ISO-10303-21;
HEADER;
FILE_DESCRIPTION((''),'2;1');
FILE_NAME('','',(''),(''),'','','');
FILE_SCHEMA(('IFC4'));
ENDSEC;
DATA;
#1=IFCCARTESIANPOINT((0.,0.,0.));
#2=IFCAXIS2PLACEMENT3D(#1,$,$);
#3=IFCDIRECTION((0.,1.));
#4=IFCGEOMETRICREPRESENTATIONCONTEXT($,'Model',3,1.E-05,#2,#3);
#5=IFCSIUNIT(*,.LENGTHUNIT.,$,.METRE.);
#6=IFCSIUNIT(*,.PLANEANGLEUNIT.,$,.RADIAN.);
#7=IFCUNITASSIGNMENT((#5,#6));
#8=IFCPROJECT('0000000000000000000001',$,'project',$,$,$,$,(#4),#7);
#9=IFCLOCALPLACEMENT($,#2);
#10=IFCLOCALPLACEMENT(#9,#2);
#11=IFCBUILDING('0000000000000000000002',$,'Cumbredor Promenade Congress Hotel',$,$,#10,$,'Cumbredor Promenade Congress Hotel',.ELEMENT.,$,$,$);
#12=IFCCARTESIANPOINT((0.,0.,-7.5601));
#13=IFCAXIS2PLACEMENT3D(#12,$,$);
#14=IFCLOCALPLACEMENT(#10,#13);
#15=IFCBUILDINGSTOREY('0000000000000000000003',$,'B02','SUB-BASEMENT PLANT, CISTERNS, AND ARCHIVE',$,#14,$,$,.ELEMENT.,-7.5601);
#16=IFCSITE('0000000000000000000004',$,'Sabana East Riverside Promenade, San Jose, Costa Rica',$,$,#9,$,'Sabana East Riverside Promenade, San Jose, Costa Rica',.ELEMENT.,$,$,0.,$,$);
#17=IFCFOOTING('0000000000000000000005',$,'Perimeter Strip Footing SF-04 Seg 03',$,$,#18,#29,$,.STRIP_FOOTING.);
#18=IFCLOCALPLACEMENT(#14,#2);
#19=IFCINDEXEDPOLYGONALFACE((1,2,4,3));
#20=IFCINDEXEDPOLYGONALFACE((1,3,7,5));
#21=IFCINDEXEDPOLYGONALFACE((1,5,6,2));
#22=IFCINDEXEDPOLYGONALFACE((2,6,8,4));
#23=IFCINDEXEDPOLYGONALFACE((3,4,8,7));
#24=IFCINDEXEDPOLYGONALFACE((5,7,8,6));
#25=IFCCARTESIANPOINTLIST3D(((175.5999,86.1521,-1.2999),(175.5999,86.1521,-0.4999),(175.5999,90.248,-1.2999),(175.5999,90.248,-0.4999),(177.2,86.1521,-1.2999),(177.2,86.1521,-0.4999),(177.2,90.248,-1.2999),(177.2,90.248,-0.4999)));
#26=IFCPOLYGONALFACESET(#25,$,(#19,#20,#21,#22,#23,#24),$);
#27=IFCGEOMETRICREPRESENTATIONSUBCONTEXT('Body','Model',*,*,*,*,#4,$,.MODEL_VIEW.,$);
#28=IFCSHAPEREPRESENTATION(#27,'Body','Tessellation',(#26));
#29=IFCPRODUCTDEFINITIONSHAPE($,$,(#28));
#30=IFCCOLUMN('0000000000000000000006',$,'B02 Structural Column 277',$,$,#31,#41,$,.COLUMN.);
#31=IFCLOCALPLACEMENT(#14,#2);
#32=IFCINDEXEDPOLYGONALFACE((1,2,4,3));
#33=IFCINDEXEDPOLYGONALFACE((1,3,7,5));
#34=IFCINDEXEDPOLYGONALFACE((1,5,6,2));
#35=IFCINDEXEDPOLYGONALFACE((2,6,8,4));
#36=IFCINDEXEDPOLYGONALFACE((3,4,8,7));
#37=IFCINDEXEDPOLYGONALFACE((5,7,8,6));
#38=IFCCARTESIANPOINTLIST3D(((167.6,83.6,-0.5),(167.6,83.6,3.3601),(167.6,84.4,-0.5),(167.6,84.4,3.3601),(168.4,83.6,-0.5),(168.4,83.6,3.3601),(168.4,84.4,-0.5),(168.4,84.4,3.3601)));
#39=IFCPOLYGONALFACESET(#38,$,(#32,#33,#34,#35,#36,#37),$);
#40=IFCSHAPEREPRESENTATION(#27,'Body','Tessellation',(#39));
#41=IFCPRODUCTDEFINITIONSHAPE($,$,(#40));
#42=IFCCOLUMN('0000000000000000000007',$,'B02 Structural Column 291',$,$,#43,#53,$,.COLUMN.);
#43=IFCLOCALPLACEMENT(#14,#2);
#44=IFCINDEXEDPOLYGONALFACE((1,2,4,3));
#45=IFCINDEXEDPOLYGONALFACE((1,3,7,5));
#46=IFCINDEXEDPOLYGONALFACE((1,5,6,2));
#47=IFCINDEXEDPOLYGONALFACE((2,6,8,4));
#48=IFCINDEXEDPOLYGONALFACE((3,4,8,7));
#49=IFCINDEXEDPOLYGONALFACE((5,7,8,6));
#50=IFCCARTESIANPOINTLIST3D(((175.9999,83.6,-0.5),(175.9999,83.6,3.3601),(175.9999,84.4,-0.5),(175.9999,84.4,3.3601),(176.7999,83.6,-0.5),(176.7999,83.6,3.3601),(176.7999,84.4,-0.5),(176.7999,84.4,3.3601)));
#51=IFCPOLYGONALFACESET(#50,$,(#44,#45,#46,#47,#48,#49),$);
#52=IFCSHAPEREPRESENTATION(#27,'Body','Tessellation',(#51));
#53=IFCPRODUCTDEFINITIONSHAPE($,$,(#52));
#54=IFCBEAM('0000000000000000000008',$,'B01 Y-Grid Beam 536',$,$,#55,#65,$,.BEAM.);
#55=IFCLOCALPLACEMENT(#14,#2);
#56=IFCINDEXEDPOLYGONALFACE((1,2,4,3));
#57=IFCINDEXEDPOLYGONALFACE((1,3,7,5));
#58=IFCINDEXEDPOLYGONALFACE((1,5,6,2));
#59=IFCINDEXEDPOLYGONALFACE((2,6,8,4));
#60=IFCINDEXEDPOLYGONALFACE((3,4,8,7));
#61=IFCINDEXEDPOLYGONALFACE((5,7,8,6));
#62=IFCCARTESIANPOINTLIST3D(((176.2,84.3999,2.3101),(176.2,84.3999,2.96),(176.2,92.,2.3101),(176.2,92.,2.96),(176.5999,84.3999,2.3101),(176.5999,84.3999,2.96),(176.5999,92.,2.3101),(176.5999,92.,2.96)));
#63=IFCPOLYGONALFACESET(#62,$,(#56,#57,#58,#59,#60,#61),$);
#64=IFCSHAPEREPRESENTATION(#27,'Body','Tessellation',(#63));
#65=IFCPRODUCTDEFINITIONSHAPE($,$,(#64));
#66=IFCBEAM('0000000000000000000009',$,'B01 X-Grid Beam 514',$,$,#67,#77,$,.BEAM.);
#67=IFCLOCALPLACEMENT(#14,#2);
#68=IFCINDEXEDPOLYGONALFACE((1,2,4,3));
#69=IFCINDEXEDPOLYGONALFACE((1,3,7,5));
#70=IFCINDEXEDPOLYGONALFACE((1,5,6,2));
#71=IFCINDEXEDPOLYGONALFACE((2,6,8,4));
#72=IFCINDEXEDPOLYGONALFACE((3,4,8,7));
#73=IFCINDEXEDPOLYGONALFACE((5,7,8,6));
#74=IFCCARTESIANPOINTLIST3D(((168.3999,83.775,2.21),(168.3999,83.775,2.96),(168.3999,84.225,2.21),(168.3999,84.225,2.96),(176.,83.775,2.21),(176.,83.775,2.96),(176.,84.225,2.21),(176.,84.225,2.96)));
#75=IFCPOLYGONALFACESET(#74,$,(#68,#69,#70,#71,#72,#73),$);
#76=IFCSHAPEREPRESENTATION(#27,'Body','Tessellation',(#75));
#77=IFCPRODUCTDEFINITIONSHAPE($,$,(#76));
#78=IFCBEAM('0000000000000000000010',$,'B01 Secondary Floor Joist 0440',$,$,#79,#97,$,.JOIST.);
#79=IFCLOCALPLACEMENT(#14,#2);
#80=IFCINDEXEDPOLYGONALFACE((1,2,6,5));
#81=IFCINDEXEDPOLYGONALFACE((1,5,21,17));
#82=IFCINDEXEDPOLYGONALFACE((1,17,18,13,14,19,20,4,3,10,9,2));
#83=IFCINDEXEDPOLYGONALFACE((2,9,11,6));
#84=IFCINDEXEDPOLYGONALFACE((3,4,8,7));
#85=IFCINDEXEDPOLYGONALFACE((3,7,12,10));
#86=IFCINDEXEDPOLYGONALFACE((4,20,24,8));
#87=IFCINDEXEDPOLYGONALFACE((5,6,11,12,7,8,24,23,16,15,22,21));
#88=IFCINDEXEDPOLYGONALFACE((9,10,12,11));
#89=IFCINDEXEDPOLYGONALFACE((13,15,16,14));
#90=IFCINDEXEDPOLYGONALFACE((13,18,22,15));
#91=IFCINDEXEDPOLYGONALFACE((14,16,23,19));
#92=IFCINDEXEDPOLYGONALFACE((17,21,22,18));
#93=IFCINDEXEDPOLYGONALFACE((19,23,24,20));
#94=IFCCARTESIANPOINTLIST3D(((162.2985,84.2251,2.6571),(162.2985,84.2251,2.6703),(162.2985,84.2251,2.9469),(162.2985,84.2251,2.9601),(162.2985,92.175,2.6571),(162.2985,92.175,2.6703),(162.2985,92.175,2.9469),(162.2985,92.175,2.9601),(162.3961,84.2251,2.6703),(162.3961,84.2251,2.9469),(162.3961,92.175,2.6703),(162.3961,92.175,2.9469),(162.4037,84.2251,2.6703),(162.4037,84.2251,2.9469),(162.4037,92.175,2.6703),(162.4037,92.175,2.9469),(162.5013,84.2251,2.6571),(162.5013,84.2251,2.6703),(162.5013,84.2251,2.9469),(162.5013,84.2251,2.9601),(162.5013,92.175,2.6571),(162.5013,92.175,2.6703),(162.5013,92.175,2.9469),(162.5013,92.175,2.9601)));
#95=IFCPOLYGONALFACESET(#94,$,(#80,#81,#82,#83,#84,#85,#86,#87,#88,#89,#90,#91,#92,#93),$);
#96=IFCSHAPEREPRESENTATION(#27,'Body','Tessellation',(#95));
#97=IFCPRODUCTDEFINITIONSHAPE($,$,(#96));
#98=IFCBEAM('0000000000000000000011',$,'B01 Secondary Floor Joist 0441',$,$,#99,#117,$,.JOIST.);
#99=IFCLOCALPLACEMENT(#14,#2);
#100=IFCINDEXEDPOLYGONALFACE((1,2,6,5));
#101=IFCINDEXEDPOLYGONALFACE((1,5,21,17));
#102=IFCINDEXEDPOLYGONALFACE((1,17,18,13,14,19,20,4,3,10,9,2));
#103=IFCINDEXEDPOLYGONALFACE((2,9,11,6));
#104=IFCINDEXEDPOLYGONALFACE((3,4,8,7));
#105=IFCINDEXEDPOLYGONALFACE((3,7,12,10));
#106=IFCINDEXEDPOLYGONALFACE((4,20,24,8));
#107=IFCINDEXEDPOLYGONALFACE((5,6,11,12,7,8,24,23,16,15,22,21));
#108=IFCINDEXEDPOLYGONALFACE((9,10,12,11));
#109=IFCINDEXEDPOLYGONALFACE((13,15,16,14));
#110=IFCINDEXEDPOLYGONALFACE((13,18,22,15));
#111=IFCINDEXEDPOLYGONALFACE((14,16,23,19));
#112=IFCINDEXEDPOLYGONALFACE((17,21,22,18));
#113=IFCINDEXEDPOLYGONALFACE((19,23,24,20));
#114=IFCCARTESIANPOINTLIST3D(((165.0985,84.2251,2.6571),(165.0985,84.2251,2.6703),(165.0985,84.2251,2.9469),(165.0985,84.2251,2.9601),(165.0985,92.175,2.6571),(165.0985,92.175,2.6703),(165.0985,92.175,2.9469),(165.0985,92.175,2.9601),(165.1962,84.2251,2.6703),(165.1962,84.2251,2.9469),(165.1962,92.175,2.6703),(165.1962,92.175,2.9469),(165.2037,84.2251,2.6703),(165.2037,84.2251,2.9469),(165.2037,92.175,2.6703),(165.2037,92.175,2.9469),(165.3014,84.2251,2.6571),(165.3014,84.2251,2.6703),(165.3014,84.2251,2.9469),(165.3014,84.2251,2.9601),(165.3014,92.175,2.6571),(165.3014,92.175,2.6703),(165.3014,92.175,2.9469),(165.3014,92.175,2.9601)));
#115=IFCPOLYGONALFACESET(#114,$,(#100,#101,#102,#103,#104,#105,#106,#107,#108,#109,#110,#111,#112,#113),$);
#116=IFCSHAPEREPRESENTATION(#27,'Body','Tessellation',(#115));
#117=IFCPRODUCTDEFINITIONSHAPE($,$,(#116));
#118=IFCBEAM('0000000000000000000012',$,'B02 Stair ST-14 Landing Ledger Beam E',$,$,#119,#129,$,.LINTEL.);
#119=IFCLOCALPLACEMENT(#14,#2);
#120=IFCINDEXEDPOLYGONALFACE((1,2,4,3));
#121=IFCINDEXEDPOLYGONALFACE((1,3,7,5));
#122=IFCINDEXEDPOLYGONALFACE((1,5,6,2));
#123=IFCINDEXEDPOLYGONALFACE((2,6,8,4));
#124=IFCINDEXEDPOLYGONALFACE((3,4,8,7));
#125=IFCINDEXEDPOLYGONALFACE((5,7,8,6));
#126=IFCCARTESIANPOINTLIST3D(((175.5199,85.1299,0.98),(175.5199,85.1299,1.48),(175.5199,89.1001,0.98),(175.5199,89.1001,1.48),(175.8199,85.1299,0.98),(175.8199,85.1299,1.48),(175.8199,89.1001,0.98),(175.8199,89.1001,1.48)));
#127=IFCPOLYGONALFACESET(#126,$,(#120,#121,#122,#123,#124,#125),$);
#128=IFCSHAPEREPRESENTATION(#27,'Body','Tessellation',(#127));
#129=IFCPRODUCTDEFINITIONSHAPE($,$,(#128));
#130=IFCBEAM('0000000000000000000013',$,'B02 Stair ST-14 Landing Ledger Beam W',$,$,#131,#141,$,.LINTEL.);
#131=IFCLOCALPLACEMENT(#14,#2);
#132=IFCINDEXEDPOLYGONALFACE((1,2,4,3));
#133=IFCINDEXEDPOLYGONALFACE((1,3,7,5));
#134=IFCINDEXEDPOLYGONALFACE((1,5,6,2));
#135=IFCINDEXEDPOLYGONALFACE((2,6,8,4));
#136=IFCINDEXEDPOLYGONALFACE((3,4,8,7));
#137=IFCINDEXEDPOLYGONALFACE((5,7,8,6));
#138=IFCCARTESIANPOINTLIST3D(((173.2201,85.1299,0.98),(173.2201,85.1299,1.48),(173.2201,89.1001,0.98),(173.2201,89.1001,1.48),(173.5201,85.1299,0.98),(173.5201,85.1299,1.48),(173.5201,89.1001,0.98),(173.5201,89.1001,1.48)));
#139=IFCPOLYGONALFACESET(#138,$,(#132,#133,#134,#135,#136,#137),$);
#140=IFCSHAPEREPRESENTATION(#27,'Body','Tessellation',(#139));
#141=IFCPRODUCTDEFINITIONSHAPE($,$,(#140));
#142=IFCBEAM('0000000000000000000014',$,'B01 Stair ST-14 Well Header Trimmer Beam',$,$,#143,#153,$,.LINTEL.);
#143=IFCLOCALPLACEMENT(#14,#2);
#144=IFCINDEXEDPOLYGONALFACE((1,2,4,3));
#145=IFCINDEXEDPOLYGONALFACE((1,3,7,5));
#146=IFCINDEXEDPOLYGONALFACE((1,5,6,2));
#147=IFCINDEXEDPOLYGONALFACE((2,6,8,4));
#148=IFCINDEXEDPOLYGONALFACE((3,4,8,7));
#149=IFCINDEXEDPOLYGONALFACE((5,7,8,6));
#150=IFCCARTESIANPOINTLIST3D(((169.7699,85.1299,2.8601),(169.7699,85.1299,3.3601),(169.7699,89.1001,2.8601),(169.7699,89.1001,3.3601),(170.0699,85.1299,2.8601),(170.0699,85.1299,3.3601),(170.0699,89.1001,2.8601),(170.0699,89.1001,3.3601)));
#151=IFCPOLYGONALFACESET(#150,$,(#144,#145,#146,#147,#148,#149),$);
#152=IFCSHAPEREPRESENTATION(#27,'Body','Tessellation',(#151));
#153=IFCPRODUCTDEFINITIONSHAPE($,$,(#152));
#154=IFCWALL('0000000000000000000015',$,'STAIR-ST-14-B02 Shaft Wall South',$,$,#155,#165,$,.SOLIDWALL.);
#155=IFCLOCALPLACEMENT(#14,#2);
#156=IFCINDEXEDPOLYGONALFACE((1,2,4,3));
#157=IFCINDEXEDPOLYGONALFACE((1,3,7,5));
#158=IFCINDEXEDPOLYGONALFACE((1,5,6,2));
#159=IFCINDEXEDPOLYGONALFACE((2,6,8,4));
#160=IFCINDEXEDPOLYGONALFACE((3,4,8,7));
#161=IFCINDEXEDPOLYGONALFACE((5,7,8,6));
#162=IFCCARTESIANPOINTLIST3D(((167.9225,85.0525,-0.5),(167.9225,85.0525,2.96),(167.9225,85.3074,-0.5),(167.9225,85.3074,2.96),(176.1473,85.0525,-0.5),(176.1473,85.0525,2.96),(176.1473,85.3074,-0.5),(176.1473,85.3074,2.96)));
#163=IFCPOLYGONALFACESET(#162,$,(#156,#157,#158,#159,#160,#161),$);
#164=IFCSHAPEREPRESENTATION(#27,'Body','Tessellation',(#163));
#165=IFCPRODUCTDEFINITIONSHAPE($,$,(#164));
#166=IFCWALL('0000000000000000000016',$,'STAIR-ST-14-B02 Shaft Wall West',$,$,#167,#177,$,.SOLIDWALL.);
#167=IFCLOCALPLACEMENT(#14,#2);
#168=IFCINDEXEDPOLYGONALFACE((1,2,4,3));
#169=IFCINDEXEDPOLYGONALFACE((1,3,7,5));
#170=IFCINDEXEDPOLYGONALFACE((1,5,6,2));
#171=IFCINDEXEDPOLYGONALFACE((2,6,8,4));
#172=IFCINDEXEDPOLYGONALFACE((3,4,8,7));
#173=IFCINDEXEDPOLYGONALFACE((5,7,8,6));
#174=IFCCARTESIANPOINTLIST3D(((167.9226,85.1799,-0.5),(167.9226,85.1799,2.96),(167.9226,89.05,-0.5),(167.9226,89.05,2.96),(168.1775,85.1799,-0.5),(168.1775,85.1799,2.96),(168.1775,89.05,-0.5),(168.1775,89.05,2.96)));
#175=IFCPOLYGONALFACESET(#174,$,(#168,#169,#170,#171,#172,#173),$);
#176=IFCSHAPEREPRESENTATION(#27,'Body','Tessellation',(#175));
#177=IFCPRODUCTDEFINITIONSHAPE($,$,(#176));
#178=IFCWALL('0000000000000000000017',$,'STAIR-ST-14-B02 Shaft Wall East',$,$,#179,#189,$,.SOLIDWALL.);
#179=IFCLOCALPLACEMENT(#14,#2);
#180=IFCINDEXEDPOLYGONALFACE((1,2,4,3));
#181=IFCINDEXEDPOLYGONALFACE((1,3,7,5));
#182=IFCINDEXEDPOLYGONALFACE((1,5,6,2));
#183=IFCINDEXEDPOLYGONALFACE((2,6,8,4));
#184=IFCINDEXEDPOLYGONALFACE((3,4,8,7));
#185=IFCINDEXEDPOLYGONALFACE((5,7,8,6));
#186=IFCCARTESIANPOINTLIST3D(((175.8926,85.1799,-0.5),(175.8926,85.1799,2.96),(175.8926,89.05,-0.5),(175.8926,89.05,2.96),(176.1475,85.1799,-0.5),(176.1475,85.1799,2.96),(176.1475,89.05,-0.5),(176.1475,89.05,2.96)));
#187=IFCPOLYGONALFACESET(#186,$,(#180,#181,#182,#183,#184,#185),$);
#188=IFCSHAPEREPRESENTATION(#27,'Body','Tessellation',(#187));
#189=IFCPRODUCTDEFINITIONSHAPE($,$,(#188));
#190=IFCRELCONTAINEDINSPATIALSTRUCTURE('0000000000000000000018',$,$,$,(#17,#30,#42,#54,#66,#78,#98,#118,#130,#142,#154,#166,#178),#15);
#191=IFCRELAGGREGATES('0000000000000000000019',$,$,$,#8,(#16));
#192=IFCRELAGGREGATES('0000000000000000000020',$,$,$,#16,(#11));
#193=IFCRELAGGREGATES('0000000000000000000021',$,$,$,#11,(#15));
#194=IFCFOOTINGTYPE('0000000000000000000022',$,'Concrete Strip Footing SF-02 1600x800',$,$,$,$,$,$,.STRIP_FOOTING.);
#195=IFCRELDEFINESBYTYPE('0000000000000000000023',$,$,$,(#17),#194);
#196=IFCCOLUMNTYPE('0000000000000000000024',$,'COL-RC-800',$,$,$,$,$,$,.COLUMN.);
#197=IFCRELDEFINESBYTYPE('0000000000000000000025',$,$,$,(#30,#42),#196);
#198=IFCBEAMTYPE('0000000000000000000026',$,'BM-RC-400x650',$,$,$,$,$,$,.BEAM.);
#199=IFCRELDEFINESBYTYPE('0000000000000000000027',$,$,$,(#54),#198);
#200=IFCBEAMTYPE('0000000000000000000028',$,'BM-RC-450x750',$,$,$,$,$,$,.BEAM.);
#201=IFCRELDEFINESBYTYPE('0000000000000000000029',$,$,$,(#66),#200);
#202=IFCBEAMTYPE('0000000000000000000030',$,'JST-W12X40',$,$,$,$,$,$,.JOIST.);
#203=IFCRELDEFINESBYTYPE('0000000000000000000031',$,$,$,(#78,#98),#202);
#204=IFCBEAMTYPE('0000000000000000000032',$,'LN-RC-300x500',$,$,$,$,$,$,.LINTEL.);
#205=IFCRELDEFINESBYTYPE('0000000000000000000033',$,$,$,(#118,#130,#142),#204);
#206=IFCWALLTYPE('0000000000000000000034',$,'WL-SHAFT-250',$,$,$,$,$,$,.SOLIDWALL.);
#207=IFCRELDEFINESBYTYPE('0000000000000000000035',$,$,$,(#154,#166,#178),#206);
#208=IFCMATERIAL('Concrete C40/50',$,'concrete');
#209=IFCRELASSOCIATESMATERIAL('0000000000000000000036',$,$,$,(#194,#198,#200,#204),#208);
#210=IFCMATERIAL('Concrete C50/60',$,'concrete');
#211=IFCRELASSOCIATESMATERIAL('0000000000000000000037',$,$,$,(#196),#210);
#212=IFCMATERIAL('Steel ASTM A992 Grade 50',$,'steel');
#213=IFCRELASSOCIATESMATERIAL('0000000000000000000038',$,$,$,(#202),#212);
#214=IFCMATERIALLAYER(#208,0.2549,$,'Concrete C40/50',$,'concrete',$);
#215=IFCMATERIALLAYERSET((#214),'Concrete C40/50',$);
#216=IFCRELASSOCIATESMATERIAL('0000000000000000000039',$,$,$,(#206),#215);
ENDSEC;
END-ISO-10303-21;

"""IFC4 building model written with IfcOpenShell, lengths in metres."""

from ifc_helpers import new_model, si_unit, direction, frame, frame_2d, origin, origin_2d, place, context, subcontext, project, spatial, rectangle, i_section, extrude, material, layer, layer_set, material_profile, profile_set, type_object, element, save


model = new_model("IFC4")

# Units and contexts
model_context = context("Model", 3, precision=1e-05, world=origin(), true_north=direction((0.0, 1.0)))
body_context = subcontext(model_context, "Body", "Model", "MODEL_VIEW")
ifc_project = project(units=[si_unit("LENGTHUNIT", "METRE"), si_unit("PLANEANGLEUNIT", "RADIAN")], contexts=[model_context])

# Site, building, storey
site_placement = place(None, origin())
site = spatial("IfcSite", under=ifc_project, at=site_placement, Name="Sabana East Riverside Promenade, San Jose, Costa Rica", LongName="Sabana East Riverside Promenade, San Jose, Costa Rica", CompositionType="ELEMENT", RefElevation=0.0)
building_placement = place(site_placement, origin())
building = spatial("IfcBuilding", under=site, at=building_placement, Name="Cumbredor Promenade Congress Hotel", LongName="Cumbredor Promenade Congress Hotel", CompositionType="ELEMENT")
storey_placement = place(building_placement, frame((0.0, 0.0, -7.5601)))
storey = spatial("IfcBuildingStorey", under=building, at=storey_placement, Name="B02", Description="SUB-BASEMENT PLANT, CISTERNS, AND ARCHIVE", CompositionType="ELEMENT", Elevation=-7.5601)

# Shared definitions
ifc_material_1 = material(Name="Concrete C40/50", Category="concrete")

# Footing
ifc_material_profile_1 = material_profile(ifc_material_1, rectangle(XDim=1.6001, YDim=0.8, at=origin_2d()), Name="SF 1600x800")
ifc_profile_set_1 = profile_set([ifc_material_profile_1], Name="Concrete C40/50")
footing_type_1 = type_object("IfcFootingType", Name="Concrete Strip Footing SF-02 1600x800", PredefinedType="STRIP_FOOTING", material=ifc_profile_set_1)
footing_1_placement = place(storey_placement, frame((176.3999, 86.1521, -0.8999), z_axis=(0.0, 1.0, 0.0), x_axis=(-1.0, 0.0, 0.0)))
element("IfcFooting", 1, at=footing_1_placement, inside=storey, type_object=footing_type_1, Name="Perimeter Strip Footing SF-04 Seg 03", PredefinedType="STRIP_FOOTING", context=body_context, shape_type="SweptSolid", body=[
    extrude(rectangle(XDim=1.6001, YDim=0.8, at=origin_2d()), origin(), (0.0, 0.0, 1.0), 4.0959),
])

# Columns
ifc_material_2 = material(Name="Concrete C50/60", Category="concrete")
ifc_material_profile_2 = material_profile(ifc_material_2, rectangle(XDim=0.8, YDim=0.8, at=origin_2d()), Name="RC 800x800")
ifc_profile_set_2 = profile_set([ifc_material_profile_2], Name="Concrete C50/60")
column_type = type_object("IfcColumnType", Name="COL-RC-800", PredefinedType="COLUMN", material=ifc_profile_set_2)
for number, where, z_axis, x_axis, name in (
    (2, (168.0, 84.0, -0.5), (0.0, 0.0, 1.0), (1.0, 0.0, 0.0), "B02 Structural Column 277"),
    (3, (176.3999, 84.0, -0.5), (0.0, 0.0, 1.0), (1.0, 0.0, 0.0), "B02 Structural Column 291"),
):
    element("IfcColumn", number, at=place(storey_placement, frame(where, z_axis=z_axis, x_axis=x_axis)), inside=storey, type_object=column_type, Name=name, PredefinedType="COLUMN", context=body_context, shape_type="SweptSolid", body=[
        extrude(rectangle(XDim=0.8, YDim=0.8, at=origin_2d()), origin(), (0.0, 0.0, 1.0), 3.8601),
    ])

# Beams
ifc_material_profile_3 = material_profile(ifc_material_1, rectangle(XDim=0.3999, YDim=0.6499, at=origin_2d()), Name="RC BEAM 400x650")
ifc_profile_set_3 = profile_set([ifc_material_profile_3], Name="Concrete C40/50")
beam_type_1 = type_object("IfcBeamType", Name="BM-RC-400x650", PredefinedType="BEAM", material=ifc_profile_set_3)
beam_1_placement = place(storey_placement, frame((176.3999, 84.3999, 2.635), z_axis=(0.0, 1.0, 0.0), x_axis=(-1.0, 0.0, 0.0)))
element("IfcBeam", 4, at=beam_1_placement, inside=storey, type_object=beam_type_1, Name="B01 Y-Grid Beam 536", PredefinedType="BEAM", context=body_context, shape_type="SweptSolid", body=[
    extrude(rectangle(XDim=0.3999, YDim=0.6499, at=origin_2d()), origin(), (0.0, 0.0, 1.0), 7.6001),
])
ifc_material_profile_4 = material_profile(ifc_material_1, rectangle(XDim=0.45, YDim=0.75, at=origin_2d()), Name="RC BEAM 450x750")
ifc_profile_set_4 = profile_set([ifc_material_profile_4], Name="Concrete C40/50")
beam_type_2 = type_object("IfcBeamType", Name="BM-RC-450x750", PredefinedType="BEAM", material=ifc_profile_set_4)
beam_2_placement = place(storey_placement, frame((168.3999, 84.0, 2.585), z_axis=(1.0, 0.0, 0.0), x_axis=(0.0, 1.0, 0.0)))
element("IfcBeam", 5, at=beam_2_placement, inside=storey, type_object=beam_type_2, Name="B01 X-Grid Beam 514", PredefinedType="BEAM", context=body_context, shape_type="SweptSolid", body=[
    extrude(rectangle(XDim=0.45, YDim=0.75, at=origin_2d()), origin(), (0.0, 0.0, 1.0), 7.6001),
])
ifc_material_3 = material(Name="Steel ASTM A992 Grade 50", Category="steel")
ifc_material_profile_5 = material_profile(ifc_material_3, i_section(OverallWidth=0.2029, OverallDepth=0.303, WebThickness=0.0076, FlangeThickness=0.0132, at=origin_2d()), Name="W12X40")
ifc_profile_set_5 = profile_set([ifc_material_profile_5], Name="Steel ASTM A992 Grade 50")
beam_type_3 = type_object("IfcBeamType", Name="JST-W12X40", PredefinedType="JOIST", material=ifc_profile_set_5)
for number, where, z_axis, x_axis, name in (
    (6, (162.3999, 84.2251, 2.8086), (0.0, 1.0, 0.0), (-1.0, 0.0, 0.0), "B01 Secondary Floor Joist 0440"),
    (7, (165.2, 84.2251, 2.8086), (0.0, 1.0, 0.0), (-1.0, 0.0, 0.0), "B01 Secondary Floor Joist 0441"),
):
    element("IfcBeam", number, at=place(storey_placement, frame(where, z_axis=z_axis, x_axis=x_axis)), inside=storey, type_object=beam_type_3, Name=name, PredefinedType="JOIST", context=body_context, shape_type="SweptSolid", body=[
        extrude(i_section(OverallWidth=0.2029, OverallDepth=0.303, WebThickness=0.0076, FlangeThickness=0.0132, at=origin_2d()), origin(), (0.0, 0.0, 1.0), 7.95),
    ])
ifc_material_profile_6 = material_profile(ifc_material_1, rectangle(XDim=0.3, YDim=0.5, at=origin_2d()), Name="RC LINTEL 300x500")
ifc_profile_set_6 = profile_set([ifc_material_profile_6], Name="Concrete C40/50")
beam_type_4 = type_object("IfcBeamType", Name="LN-RC-300x500", PredefinedType="LINTEL", material=ifc_profile_set_6)
for number, where, z_axis, x_axis, name in (
    (8, (175.6699, 85.1299, 1.23), (0.0, 1.0, 0.0), (-1.0, 0.0, 0.0), "B02 Stair ST-14 Landing Ledger Beam E"),
    (9, (173.3701, 85.1299, 1.23), (0.0, 1.0, 0.0), (-1.0, 0.0, 0.0), "B02 Stair ST-14 Landing Ledger Beam W"),
    (10, (169.9199, 85.1299, 3.1101), (0.0, 1.0, 0.0), (-1.0, 0.0, 0.0), "B01 Stair ST-14 Well Header Trimmer Beam"),
):
    element("IfcBeam", number, at=place(storey_placement, frame(where, z_axis=z_axis, x_axis=x_axis)), inside=storey, type_object=beam_type_4, Name=name, PredefinedType="LINTEL", context=body_context, shape_type="SweptSolid", body=[
        extrude(rectangle(XDim=0.3, YDim=0.5, at=origin_2d()), origin(), (0.0, 0.0, 1.0), 3.9702),
    ])

# Walls
ifc_layer = layer(ifc_material_1, 0.2549, Name="Concrete C40/50", Category="concrete")
ifc_layer_set = layer_set([ifc_layer], Name="Concrete C40/50")
wall_type = type_object("IfcWallType", Name="WL-SHAFT-250", PredefinedType="SOLIDWALL", material=ifc_layer_set)
wall_placement = place(storey_placement, frame((167.9226, 85.1799, -0.5), z_axis=(0.0, 0.0, 1.0), x_axis=(1.0, 0.0, 0.0)))
element("IfcWall", 11, at=wall_placement, inside=storey, type_object=wall_type, Name="STAIR-ST-14-B02 Shaft Wall South", PredefinedType="SOLIDWALL", context=body_context, shape_type="SweptSolid", body=[
    extrude(rectangle(XDim=8.2249, YDim=0.2549, at=frame_2d((4.1123, 0.0))), origin(), (0.0, 0.0, 1.0), 3.46),
])
for number, where, z_axis, x_axis, name in (
    (12, (168.05, 85.1799, -0.5), (0.0, 0.0, 1.0), (0.0, 1.0, 0.0), "STAIR-ST-14-B02 Shaft Wall West"),
    (13, (176.02, 85.1799, -0.5), (0.0, 0.0, 1.0), (0.0, 1.0, 0.0), "STAIR-ST-14-B02 Shaft Wall East"),
):
    element("IfcWall", number, at=place(storey_placement, frame(where, z_axis=z_axis, x_axis=x_axis)), inside=storey, type_object=wall_type, Name=name, PredefinedType="SOLIDWALL", context=body_context, shape_type="SweptSolid", body=[
        extrude(rectangle(XDim=3.8701, YDim=0.2549, at=frame_2d((1.9351, 0.0))), origin(), (0.0, 0.0, 1.0), 3.46),
    ])

save(model, "model.ifc")
